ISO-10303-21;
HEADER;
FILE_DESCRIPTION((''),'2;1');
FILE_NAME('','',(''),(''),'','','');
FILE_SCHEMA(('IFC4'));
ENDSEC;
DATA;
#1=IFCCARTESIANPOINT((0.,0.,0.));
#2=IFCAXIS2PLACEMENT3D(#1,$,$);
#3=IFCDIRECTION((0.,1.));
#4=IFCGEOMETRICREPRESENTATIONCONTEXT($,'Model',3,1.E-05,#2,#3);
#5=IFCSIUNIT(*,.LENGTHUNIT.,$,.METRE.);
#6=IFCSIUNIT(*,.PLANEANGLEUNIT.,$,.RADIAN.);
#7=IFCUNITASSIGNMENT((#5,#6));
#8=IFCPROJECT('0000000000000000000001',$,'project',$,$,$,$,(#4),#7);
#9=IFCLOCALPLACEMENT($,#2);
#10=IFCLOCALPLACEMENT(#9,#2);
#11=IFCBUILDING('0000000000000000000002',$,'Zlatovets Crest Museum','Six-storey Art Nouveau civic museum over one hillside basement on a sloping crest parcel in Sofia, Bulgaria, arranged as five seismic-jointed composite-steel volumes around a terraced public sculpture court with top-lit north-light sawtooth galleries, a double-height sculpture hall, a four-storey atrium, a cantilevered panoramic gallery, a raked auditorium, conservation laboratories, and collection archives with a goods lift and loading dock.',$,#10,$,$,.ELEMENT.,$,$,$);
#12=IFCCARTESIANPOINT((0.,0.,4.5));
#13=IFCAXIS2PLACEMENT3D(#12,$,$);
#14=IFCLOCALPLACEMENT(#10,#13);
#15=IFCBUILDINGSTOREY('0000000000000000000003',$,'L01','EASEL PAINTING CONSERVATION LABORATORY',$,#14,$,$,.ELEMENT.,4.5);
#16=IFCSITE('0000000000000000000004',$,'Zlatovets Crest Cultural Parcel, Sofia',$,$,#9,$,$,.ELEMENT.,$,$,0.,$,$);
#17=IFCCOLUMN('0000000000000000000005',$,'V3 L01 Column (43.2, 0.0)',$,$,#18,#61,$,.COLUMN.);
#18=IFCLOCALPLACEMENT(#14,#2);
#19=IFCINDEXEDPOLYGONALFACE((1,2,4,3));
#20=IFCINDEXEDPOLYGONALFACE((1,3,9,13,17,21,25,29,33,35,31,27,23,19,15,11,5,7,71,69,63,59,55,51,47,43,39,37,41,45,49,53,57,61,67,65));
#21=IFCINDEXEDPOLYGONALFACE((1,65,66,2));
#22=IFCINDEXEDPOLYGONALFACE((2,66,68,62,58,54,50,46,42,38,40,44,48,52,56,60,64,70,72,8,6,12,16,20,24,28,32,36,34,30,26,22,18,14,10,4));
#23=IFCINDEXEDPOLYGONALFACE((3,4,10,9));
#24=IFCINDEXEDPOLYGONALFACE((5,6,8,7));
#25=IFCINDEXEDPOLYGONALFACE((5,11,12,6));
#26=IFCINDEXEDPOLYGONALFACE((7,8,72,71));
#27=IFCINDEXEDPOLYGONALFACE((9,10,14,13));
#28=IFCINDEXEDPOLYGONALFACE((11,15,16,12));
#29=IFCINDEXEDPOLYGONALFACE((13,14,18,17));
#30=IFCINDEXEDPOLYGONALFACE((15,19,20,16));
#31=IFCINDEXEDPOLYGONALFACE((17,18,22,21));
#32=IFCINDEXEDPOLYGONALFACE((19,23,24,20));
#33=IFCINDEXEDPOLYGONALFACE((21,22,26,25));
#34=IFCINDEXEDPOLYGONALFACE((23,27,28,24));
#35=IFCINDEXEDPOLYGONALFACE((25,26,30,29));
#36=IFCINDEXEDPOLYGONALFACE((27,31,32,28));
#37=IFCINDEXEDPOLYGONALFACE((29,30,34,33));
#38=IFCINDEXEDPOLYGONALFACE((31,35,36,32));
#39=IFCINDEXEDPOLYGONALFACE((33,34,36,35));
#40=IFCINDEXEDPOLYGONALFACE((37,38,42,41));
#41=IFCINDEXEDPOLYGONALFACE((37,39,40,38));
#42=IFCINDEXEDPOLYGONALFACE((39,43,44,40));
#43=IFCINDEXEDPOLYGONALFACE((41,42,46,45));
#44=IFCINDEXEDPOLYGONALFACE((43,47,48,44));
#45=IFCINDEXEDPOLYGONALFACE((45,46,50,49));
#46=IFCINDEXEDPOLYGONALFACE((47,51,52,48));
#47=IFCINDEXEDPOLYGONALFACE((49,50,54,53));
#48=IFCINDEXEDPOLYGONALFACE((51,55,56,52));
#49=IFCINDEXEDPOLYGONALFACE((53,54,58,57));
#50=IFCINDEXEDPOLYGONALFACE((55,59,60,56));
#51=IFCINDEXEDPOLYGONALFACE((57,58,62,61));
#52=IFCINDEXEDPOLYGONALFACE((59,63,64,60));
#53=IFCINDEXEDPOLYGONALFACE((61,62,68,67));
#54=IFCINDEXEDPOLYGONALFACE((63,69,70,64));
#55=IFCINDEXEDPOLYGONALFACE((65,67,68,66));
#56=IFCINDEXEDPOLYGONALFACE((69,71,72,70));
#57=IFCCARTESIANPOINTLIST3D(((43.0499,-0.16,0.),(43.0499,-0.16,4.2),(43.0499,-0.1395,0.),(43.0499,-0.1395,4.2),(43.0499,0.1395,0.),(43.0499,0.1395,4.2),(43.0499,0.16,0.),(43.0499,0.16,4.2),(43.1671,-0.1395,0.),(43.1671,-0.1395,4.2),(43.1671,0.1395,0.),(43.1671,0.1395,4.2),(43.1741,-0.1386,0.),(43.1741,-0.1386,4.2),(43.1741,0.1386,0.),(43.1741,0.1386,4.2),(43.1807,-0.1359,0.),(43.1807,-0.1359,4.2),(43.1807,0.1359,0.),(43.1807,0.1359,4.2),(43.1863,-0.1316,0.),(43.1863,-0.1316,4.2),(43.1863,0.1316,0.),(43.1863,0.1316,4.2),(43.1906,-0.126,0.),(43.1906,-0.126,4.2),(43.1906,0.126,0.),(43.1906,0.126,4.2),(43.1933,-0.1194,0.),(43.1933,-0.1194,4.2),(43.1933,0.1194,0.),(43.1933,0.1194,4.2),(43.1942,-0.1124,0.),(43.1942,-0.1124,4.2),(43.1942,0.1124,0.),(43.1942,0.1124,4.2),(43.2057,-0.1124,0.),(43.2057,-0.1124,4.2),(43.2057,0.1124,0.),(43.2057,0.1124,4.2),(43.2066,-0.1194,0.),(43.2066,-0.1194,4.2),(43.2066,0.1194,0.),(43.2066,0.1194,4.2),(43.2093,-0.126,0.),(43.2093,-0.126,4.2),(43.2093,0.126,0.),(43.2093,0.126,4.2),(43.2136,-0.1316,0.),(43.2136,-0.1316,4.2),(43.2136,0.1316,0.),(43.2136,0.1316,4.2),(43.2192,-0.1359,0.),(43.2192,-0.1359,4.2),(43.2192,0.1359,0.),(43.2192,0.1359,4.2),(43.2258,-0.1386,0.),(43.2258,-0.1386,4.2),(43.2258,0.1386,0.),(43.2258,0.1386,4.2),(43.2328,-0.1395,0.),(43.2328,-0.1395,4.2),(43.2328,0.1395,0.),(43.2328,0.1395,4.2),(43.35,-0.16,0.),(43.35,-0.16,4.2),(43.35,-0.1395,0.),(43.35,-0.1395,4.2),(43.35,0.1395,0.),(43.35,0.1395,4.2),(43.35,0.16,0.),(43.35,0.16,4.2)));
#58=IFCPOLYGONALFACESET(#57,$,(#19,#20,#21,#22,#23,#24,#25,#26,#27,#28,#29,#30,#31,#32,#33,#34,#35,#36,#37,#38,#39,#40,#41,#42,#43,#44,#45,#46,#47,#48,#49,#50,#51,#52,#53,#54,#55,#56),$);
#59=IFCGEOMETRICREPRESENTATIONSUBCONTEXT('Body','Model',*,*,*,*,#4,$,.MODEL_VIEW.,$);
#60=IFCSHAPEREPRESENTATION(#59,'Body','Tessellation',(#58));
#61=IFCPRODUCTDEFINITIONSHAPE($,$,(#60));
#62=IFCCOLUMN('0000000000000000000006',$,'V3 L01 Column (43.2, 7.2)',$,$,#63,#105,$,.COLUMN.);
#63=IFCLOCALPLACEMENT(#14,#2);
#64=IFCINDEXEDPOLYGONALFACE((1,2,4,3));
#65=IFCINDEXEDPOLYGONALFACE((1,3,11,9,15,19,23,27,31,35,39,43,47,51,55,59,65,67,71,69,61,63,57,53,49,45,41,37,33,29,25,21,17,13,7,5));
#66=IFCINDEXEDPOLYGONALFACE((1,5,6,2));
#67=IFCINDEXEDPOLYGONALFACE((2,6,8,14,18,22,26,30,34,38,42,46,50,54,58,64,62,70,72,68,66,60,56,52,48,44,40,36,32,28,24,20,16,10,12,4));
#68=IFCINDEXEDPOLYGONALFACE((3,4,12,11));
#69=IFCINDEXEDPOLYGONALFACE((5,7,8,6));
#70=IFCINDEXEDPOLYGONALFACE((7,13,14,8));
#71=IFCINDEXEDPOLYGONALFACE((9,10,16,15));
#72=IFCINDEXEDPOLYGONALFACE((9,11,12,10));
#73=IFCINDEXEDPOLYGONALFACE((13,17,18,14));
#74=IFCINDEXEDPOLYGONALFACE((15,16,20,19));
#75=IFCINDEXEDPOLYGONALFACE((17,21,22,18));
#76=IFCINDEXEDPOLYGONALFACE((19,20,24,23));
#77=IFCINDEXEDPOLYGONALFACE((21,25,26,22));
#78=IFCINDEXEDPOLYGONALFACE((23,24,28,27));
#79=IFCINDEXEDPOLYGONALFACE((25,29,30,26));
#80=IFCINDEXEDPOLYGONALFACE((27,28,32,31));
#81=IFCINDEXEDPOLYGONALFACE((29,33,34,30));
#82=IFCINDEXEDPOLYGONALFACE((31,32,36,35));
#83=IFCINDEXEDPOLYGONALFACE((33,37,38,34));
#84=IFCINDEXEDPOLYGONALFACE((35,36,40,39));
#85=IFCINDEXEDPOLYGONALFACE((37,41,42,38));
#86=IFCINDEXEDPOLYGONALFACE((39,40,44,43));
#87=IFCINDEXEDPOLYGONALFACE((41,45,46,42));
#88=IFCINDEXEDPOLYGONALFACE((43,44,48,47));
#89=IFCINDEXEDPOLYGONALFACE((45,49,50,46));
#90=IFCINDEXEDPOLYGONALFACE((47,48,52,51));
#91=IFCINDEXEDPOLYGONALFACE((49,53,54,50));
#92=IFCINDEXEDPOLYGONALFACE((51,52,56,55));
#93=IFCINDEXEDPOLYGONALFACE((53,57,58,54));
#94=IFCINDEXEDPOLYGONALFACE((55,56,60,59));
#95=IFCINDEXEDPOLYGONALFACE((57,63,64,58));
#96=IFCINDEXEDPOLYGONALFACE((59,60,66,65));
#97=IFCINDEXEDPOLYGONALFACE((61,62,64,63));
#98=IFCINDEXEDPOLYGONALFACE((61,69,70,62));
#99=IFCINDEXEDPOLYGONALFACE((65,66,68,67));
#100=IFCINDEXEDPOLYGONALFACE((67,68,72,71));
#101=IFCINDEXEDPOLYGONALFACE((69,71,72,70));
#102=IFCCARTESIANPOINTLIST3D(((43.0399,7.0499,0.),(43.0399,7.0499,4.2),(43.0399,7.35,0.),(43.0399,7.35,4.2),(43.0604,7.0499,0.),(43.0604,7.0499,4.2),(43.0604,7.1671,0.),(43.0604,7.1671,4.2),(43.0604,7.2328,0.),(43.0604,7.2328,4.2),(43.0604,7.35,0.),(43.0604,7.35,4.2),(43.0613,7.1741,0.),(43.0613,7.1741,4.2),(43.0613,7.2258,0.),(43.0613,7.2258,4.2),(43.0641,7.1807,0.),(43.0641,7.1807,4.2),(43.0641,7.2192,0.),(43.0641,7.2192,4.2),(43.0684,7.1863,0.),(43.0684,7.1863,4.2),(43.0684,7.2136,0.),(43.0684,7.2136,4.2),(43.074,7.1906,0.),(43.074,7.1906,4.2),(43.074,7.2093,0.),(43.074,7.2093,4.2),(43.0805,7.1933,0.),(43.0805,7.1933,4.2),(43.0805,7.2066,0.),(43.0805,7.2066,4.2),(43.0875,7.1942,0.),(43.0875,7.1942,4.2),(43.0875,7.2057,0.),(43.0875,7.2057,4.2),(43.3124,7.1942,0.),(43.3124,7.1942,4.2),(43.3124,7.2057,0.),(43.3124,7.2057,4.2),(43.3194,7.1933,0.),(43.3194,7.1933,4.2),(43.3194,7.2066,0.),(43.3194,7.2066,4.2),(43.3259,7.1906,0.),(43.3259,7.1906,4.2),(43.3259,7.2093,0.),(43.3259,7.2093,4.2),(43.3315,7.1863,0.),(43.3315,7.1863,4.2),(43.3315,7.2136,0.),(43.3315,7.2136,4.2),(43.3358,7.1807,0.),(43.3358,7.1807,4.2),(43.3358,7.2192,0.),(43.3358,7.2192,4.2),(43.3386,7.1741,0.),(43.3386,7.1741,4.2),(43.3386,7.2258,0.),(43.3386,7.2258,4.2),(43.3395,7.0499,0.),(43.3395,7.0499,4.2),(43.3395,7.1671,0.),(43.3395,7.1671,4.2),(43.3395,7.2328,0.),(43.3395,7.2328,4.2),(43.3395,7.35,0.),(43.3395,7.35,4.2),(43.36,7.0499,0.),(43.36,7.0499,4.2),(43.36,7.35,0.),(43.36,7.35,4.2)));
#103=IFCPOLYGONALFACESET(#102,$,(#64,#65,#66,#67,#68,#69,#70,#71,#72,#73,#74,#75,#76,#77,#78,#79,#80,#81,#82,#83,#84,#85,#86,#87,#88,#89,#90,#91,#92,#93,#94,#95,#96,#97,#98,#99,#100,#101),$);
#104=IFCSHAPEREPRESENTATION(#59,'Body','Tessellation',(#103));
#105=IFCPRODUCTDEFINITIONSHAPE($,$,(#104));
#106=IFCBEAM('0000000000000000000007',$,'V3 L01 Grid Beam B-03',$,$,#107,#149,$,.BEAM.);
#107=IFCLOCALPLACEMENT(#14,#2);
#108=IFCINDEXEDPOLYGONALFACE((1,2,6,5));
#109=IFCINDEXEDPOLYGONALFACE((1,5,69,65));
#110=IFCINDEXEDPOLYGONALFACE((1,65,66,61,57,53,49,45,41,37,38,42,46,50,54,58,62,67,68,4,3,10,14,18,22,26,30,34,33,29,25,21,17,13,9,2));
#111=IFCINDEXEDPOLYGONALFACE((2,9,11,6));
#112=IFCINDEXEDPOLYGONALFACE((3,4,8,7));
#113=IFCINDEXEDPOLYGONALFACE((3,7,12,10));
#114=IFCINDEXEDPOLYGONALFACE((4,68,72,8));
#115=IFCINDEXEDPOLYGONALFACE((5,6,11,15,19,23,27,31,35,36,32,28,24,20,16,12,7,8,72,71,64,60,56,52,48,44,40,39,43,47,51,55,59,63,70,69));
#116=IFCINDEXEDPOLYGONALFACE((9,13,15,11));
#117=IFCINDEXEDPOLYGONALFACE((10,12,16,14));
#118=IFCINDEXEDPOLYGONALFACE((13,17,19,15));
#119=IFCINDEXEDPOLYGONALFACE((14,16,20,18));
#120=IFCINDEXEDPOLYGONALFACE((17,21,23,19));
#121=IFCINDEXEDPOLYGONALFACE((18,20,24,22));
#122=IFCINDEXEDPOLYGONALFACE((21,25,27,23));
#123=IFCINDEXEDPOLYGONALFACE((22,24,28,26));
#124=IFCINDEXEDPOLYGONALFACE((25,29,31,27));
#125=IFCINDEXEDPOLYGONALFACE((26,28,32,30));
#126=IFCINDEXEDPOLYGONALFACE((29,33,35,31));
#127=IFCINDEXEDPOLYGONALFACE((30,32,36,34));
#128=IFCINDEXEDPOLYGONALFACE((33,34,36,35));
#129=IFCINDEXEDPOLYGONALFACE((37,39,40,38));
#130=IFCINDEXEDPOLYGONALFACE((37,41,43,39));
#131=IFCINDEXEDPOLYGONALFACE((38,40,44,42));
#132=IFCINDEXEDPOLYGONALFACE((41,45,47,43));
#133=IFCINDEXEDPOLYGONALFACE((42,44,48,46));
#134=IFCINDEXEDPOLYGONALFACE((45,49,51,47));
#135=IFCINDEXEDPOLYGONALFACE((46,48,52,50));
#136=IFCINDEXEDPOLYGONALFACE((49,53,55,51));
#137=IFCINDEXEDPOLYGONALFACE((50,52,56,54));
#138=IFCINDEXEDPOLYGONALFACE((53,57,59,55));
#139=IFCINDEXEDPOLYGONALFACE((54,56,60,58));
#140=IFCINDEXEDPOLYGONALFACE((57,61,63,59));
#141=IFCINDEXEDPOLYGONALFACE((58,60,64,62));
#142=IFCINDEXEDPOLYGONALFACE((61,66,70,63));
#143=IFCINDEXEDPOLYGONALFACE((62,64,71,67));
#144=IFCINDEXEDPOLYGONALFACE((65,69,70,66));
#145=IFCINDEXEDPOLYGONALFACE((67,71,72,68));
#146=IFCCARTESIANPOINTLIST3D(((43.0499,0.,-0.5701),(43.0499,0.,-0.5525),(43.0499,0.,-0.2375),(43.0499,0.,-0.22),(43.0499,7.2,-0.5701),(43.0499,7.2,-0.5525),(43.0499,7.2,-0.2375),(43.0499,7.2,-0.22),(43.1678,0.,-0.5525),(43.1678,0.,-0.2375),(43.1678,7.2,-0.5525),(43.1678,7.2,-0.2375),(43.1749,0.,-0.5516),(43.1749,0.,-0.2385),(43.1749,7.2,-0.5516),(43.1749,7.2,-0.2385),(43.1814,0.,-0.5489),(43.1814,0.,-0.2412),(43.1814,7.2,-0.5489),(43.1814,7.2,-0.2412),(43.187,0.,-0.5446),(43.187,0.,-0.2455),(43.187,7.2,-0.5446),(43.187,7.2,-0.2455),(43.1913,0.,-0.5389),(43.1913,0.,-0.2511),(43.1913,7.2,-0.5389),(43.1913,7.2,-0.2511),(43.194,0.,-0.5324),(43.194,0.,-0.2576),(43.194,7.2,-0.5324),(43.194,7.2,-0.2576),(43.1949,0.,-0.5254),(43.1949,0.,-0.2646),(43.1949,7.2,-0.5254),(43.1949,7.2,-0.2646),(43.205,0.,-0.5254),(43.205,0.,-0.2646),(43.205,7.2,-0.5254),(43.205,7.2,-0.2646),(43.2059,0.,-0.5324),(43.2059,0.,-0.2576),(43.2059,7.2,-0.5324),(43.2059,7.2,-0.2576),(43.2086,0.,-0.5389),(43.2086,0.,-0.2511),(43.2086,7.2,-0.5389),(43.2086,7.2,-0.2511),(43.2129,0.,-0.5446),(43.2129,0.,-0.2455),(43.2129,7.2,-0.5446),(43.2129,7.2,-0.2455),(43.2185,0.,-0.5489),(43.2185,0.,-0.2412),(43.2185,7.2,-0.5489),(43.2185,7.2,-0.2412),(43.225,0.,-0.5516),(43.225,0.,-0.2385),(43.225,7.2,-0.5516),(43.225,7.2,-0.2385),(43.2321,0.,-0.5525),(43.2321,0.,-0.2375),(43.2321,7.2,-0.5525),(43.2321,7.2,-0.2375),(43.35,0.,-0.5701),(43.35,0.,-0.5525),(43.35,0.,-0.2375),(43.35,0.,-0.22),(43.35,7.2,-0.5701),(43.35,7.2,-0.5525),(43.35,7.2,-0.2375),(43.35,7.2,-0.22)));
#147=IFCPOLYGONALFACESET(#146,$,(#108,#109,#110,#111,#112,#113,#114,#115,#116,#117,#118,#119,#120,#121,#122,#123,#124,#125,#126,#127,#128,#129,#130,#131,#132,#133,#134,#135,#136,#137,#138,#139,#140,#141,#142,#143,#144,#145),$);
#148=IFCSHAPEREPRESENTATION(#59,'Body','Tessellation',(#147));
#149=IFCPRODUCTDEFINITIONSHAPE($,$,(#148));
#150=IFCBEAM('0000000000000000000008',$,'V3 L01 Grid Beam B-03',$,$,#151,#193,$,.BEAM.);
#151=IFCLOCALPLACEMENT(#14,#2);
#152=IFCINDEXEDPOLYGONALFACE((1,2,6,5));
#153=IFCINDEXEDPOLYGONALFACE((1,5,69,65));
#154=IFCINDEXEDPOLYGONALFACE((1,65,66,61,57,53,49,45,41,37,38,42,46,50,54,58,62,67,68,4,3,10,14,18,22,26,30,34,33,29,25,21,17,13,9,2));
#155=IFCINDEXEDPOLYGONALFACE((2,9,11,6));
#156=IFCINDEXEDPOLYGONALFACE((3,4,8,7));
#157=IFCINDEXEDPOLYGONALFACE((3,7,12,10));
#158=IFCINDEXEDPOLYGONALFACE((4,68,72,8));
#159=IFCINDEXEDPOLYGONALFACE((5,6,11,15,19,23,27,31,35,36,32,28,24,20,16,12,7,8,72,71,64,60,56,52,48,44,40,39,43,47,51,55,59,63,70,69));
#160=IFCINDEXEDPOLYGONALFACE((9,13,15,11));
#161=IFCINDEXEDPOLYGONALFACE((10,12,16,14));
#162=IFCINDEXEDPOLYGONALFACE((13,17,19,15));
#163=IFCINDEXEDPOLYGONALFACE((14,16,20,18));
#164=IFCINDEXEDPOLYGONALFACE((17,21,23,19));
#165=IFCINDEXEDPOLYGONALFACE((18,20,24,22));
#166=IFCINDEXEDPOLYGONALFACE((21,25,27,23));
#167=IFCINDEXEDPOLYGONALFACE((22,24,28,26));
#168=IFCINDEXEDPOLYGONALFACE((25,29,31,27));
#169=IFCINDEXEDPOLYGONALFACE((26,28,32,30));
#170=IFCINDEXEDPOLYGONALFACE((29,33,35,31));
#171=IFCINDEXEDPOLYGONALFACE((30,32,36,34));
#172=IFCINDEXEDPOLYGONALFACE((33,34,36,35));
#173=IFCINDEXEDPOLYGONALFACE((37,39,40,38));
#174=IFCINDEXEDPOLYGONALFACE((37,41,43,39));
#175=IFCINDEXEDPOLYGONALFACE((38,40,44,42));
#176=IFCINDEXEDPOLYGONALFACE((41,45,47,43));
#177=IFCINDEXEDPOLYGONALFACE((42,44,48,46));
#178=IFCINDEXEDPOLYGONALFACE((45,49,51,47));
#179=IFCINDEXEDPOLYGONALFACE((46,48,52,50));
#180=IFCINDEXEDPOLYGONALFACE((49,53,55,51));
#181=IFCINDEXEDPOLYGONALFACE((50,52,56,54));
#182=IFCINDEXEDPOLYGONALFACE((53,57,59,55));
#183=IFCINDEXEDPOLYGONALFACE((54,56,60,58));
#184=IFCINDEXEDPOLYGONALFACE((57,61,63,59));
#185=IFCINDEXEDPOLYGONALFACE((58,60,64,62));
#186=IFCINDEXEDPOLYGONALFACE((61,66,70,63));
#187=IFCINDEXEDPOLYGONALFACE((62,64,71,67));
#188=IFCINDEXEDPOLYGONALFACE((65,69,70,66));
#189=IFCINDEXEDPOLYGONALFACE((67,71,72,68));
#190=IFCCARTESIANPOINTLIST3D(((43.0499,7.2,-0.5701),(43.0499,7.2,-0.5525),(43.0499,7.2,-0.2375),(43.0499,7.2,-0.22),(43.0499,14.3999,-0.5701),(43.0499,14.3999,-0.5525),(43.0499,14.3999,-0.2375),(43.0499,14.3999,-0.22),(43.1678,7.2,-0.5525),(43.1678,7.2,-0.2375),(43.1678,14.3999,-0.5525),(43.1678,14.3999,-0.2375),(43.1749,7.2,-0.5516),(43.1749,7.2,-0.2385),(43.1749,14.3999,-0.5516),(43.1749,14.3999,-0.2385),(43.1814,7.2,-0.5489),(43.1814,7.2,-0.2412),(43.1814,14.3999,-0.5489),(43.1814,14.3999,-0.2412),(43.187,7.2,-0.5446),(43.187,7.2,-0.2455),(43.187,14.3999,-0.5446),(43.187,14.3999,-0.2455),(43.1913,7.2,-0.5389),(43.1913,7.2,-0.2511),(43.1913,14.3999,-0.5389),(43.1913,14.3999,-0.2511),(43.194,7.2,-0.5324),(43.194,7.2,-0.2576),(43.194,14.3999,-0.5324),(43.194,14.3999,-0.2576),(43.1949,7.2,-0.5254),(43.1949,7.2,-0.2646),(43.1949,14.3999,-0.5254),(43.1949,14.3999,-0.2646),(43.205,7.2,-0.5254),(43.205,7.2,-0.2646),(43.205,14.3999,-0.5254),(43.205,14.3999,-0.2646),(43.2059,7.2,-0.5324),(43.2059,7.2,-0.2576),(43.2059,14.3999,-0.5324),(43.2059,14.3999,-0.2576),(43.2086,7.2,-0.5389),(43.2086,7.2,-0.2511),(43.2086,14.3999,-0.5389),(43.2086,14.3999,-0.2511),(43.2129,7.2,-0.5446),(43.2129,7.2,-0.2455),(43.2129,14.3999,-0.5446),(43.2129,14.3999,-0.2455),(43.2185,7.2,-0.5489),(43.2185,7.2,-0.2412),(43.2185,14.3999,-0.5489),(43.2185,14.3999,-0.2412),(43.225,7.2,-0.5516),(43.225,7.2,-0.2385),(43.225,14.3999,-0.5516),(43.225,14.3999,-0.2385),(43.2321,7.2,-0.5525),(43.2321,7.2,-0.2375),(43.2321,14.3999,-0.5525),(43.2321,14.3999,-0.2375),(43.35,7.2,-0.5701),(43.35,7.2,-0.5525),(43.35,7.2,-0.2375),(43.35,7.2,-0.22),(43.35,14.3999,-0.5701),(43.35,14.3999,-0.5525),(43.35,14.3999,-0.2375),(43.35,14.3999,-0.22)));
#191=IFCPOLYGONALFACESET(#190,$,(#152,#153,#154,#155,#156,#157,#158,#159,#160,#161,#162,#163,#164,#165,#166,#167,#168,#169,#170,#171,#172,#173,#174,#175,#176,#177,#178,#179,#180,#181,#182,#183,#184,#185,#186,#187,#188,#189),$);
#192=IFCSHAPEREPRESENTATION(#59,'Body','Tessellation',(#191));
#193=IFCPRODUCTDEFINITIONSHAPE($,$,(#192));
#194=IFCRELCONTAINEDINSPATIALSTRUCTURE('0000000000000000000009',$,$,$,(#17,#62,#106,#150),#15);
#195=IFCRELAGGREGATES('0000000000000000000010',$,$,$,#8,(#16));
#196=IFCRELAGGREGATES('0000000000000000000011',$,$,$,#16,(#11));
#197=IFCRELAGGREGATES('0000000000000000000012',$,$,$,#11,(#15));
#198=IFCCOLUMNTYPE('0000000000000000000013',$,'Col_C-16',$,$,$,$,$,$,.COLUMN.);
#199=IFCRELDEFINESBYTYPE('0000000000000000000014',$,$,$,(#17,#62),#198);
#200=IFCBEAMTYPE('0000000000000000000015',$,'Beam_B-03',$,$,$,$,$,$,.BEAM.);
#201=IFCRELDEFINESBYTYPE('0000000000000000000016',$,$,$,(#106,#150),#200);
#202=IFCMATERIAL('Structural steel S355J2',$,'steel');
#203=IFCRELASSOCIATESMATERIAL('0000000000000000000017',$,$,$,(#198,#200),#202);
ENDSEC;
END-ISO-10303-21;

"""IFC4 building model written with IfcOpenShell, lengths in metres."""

from ifc_helpers import new_model, si_unit, direction, frame, origin, origin_2d, place, context, subcontext, project, spatial, i_section, extrude, material, material_profile, profile_set, type_object, element, save


model = new_model("IFC4")

# Units and contexts
model_context = context("Model", 3, precision=1e-05, world=origin(), true_north=direction((0.0, 1.0)))
body_context = subcontext(model_context, "Body", "Model", "MODEL_VIEW")
ifc_project = project(units=[si_unit("LENGTHUNIT", "METRE"), si_unit("PLANEANGLEUNIT", "RADIAN")], contexts=[model_context])

# Site, building, storey
site_placement = place(None, origin())
site = spatial("IfcSite", under=ifc_project, at=site_placement, Name="Zlatovets Crest Cultural Parcel, Sofia", CompositionType="ELEMENT", RefElevation=0.0)
building_placement = place(site_placement, origin())
building = spatial("IfcBuilding", under=site, at=building_placement, Name="Zlatovets Crest Museum", Description="Six-storey Art Nouveau civic museum over one hillside basement on a sloping crest parcel in Sofia, Bulgaria, arranged as five seismic-jointed composite-steel volumes around a terraced public sculpture court with top-lit north-light sawtooth galleries, a double-height sculpture hall, a four-storey atrium, a cantilevered panoramic gallery, a raked auditorium, conservation laboratories, and collection archives with a goods lift and loading dock.", CompositionType="ELEMENT")
storey_placement = place(building_placement, frame((0.0, 0.0, 4.5)))
storey = spatial("IfcBuildingStorey", under=building, at=storey_placement, Name="L01", Description="EASEL PAINTING CONSERVATION LABORATORY", CompositionType="ELEMENT", Elevation=4.5)

# Columns
ifc_material_1 = material(Name="Structural steel S355J2", Category="steel")
ifc_material_profile_1 = material_profile(ifc_material_1, i_section(OverallWidth=0.3, OverallDepth=0.3201, WebThickness=0.0115, FlangeThickness=0.0205, FilletRadius=0.0271, at=origin_2d()), Name="HEB 320")
ifc_profile_set_1 = profile_set([ifc_material_profile_1], Name="Structural steel S355J2")
column_type = type_object("IfcColumnType", Name="Col_C-16", PredefinedType="COLUMN", material=ifc_profile_set_1)
for number, where, z_axis, x_axis, name in (
    (1, (43.2, 0.0, 0.0), (0.0, 0.0, 1.0), (1.0, 0.0, 0.0), "V3 L01 Column (43.2, 0.0)"),
    (2, (43.2, 7.2, 0.0), (0.0, 0.0, 1.0), (0.0, 1.0, 0.0), "V3 L01 Column (43.2, 7.2)"),
):
    element("IfcColumn", number, at=place(storey_placement, frame(where, z_axis=z_axis, x_axis=x_axis)), inside=storey, type_object=column_type, Name=name, PredefinedType="COLUMN", context=body_context, shape_type="SweptSolid", body=[
        extrude(i_section(OverallWidth=0.3, OverallDepth=0.3201, WebThickness=0.0115, FlangeThickness=0.0205, FilletRadius=0.0271, at=origin_2d()), origin(), (0.0, 0.0, 1.0), 4.2),
    ])

# Beams
ifc_material_profile_2 = material_profile(ifc_material_1, i_section(OverallWidth=0.3, OverallDepth=0.3501, WebThickness=0.01, FlangeThickness=0.0176, FilletRadius=0.0271, at=origin_2d()), Name="HEA 360")
ifc_profile_set_2 = profile_set([ifc_material_profile_2], Name="Structural steel S355J2")
beam_type_1 = type_object("IfcBeamType", Name="Beam_B-03", PredefinedType="BEAM", material=ifc_profile_set_2)
for number, where, z_axis, x_axis, name in (
    (3, (43.2, 0.0, -0.395), (0.0, 1.0, 0.0), (-1.0, 0.0, 0.0), "V3 L01 Grid Beam B-03"),
    (4, (43.2, 7.2, -0.395), (0.0, 1.0, 0.0), (-1.0, 0.0, 0.0), "V3 L01 Grid Beam B-03"),
):
    element("IfcBeam", number, at=place(storey_placement, frame(where, z_axis=z_axis, x_axis=x_axis)), inside=storey, type_object=beam_type_1, Name=name, PredefinedType="BEAM", context=body_context, shape_type="SweptSolid", body=[
        extrude(i_section(OverallWidth=0.3, OverallDepth=0.3501, WebThickness=0.01, FlangeThickness=0.0176, FilletRadius=0.0271, at=origin_2d()), origin(), (0.0, 0.0, 1.0), 7.2),
    ])

save(model, "model.ifc")
